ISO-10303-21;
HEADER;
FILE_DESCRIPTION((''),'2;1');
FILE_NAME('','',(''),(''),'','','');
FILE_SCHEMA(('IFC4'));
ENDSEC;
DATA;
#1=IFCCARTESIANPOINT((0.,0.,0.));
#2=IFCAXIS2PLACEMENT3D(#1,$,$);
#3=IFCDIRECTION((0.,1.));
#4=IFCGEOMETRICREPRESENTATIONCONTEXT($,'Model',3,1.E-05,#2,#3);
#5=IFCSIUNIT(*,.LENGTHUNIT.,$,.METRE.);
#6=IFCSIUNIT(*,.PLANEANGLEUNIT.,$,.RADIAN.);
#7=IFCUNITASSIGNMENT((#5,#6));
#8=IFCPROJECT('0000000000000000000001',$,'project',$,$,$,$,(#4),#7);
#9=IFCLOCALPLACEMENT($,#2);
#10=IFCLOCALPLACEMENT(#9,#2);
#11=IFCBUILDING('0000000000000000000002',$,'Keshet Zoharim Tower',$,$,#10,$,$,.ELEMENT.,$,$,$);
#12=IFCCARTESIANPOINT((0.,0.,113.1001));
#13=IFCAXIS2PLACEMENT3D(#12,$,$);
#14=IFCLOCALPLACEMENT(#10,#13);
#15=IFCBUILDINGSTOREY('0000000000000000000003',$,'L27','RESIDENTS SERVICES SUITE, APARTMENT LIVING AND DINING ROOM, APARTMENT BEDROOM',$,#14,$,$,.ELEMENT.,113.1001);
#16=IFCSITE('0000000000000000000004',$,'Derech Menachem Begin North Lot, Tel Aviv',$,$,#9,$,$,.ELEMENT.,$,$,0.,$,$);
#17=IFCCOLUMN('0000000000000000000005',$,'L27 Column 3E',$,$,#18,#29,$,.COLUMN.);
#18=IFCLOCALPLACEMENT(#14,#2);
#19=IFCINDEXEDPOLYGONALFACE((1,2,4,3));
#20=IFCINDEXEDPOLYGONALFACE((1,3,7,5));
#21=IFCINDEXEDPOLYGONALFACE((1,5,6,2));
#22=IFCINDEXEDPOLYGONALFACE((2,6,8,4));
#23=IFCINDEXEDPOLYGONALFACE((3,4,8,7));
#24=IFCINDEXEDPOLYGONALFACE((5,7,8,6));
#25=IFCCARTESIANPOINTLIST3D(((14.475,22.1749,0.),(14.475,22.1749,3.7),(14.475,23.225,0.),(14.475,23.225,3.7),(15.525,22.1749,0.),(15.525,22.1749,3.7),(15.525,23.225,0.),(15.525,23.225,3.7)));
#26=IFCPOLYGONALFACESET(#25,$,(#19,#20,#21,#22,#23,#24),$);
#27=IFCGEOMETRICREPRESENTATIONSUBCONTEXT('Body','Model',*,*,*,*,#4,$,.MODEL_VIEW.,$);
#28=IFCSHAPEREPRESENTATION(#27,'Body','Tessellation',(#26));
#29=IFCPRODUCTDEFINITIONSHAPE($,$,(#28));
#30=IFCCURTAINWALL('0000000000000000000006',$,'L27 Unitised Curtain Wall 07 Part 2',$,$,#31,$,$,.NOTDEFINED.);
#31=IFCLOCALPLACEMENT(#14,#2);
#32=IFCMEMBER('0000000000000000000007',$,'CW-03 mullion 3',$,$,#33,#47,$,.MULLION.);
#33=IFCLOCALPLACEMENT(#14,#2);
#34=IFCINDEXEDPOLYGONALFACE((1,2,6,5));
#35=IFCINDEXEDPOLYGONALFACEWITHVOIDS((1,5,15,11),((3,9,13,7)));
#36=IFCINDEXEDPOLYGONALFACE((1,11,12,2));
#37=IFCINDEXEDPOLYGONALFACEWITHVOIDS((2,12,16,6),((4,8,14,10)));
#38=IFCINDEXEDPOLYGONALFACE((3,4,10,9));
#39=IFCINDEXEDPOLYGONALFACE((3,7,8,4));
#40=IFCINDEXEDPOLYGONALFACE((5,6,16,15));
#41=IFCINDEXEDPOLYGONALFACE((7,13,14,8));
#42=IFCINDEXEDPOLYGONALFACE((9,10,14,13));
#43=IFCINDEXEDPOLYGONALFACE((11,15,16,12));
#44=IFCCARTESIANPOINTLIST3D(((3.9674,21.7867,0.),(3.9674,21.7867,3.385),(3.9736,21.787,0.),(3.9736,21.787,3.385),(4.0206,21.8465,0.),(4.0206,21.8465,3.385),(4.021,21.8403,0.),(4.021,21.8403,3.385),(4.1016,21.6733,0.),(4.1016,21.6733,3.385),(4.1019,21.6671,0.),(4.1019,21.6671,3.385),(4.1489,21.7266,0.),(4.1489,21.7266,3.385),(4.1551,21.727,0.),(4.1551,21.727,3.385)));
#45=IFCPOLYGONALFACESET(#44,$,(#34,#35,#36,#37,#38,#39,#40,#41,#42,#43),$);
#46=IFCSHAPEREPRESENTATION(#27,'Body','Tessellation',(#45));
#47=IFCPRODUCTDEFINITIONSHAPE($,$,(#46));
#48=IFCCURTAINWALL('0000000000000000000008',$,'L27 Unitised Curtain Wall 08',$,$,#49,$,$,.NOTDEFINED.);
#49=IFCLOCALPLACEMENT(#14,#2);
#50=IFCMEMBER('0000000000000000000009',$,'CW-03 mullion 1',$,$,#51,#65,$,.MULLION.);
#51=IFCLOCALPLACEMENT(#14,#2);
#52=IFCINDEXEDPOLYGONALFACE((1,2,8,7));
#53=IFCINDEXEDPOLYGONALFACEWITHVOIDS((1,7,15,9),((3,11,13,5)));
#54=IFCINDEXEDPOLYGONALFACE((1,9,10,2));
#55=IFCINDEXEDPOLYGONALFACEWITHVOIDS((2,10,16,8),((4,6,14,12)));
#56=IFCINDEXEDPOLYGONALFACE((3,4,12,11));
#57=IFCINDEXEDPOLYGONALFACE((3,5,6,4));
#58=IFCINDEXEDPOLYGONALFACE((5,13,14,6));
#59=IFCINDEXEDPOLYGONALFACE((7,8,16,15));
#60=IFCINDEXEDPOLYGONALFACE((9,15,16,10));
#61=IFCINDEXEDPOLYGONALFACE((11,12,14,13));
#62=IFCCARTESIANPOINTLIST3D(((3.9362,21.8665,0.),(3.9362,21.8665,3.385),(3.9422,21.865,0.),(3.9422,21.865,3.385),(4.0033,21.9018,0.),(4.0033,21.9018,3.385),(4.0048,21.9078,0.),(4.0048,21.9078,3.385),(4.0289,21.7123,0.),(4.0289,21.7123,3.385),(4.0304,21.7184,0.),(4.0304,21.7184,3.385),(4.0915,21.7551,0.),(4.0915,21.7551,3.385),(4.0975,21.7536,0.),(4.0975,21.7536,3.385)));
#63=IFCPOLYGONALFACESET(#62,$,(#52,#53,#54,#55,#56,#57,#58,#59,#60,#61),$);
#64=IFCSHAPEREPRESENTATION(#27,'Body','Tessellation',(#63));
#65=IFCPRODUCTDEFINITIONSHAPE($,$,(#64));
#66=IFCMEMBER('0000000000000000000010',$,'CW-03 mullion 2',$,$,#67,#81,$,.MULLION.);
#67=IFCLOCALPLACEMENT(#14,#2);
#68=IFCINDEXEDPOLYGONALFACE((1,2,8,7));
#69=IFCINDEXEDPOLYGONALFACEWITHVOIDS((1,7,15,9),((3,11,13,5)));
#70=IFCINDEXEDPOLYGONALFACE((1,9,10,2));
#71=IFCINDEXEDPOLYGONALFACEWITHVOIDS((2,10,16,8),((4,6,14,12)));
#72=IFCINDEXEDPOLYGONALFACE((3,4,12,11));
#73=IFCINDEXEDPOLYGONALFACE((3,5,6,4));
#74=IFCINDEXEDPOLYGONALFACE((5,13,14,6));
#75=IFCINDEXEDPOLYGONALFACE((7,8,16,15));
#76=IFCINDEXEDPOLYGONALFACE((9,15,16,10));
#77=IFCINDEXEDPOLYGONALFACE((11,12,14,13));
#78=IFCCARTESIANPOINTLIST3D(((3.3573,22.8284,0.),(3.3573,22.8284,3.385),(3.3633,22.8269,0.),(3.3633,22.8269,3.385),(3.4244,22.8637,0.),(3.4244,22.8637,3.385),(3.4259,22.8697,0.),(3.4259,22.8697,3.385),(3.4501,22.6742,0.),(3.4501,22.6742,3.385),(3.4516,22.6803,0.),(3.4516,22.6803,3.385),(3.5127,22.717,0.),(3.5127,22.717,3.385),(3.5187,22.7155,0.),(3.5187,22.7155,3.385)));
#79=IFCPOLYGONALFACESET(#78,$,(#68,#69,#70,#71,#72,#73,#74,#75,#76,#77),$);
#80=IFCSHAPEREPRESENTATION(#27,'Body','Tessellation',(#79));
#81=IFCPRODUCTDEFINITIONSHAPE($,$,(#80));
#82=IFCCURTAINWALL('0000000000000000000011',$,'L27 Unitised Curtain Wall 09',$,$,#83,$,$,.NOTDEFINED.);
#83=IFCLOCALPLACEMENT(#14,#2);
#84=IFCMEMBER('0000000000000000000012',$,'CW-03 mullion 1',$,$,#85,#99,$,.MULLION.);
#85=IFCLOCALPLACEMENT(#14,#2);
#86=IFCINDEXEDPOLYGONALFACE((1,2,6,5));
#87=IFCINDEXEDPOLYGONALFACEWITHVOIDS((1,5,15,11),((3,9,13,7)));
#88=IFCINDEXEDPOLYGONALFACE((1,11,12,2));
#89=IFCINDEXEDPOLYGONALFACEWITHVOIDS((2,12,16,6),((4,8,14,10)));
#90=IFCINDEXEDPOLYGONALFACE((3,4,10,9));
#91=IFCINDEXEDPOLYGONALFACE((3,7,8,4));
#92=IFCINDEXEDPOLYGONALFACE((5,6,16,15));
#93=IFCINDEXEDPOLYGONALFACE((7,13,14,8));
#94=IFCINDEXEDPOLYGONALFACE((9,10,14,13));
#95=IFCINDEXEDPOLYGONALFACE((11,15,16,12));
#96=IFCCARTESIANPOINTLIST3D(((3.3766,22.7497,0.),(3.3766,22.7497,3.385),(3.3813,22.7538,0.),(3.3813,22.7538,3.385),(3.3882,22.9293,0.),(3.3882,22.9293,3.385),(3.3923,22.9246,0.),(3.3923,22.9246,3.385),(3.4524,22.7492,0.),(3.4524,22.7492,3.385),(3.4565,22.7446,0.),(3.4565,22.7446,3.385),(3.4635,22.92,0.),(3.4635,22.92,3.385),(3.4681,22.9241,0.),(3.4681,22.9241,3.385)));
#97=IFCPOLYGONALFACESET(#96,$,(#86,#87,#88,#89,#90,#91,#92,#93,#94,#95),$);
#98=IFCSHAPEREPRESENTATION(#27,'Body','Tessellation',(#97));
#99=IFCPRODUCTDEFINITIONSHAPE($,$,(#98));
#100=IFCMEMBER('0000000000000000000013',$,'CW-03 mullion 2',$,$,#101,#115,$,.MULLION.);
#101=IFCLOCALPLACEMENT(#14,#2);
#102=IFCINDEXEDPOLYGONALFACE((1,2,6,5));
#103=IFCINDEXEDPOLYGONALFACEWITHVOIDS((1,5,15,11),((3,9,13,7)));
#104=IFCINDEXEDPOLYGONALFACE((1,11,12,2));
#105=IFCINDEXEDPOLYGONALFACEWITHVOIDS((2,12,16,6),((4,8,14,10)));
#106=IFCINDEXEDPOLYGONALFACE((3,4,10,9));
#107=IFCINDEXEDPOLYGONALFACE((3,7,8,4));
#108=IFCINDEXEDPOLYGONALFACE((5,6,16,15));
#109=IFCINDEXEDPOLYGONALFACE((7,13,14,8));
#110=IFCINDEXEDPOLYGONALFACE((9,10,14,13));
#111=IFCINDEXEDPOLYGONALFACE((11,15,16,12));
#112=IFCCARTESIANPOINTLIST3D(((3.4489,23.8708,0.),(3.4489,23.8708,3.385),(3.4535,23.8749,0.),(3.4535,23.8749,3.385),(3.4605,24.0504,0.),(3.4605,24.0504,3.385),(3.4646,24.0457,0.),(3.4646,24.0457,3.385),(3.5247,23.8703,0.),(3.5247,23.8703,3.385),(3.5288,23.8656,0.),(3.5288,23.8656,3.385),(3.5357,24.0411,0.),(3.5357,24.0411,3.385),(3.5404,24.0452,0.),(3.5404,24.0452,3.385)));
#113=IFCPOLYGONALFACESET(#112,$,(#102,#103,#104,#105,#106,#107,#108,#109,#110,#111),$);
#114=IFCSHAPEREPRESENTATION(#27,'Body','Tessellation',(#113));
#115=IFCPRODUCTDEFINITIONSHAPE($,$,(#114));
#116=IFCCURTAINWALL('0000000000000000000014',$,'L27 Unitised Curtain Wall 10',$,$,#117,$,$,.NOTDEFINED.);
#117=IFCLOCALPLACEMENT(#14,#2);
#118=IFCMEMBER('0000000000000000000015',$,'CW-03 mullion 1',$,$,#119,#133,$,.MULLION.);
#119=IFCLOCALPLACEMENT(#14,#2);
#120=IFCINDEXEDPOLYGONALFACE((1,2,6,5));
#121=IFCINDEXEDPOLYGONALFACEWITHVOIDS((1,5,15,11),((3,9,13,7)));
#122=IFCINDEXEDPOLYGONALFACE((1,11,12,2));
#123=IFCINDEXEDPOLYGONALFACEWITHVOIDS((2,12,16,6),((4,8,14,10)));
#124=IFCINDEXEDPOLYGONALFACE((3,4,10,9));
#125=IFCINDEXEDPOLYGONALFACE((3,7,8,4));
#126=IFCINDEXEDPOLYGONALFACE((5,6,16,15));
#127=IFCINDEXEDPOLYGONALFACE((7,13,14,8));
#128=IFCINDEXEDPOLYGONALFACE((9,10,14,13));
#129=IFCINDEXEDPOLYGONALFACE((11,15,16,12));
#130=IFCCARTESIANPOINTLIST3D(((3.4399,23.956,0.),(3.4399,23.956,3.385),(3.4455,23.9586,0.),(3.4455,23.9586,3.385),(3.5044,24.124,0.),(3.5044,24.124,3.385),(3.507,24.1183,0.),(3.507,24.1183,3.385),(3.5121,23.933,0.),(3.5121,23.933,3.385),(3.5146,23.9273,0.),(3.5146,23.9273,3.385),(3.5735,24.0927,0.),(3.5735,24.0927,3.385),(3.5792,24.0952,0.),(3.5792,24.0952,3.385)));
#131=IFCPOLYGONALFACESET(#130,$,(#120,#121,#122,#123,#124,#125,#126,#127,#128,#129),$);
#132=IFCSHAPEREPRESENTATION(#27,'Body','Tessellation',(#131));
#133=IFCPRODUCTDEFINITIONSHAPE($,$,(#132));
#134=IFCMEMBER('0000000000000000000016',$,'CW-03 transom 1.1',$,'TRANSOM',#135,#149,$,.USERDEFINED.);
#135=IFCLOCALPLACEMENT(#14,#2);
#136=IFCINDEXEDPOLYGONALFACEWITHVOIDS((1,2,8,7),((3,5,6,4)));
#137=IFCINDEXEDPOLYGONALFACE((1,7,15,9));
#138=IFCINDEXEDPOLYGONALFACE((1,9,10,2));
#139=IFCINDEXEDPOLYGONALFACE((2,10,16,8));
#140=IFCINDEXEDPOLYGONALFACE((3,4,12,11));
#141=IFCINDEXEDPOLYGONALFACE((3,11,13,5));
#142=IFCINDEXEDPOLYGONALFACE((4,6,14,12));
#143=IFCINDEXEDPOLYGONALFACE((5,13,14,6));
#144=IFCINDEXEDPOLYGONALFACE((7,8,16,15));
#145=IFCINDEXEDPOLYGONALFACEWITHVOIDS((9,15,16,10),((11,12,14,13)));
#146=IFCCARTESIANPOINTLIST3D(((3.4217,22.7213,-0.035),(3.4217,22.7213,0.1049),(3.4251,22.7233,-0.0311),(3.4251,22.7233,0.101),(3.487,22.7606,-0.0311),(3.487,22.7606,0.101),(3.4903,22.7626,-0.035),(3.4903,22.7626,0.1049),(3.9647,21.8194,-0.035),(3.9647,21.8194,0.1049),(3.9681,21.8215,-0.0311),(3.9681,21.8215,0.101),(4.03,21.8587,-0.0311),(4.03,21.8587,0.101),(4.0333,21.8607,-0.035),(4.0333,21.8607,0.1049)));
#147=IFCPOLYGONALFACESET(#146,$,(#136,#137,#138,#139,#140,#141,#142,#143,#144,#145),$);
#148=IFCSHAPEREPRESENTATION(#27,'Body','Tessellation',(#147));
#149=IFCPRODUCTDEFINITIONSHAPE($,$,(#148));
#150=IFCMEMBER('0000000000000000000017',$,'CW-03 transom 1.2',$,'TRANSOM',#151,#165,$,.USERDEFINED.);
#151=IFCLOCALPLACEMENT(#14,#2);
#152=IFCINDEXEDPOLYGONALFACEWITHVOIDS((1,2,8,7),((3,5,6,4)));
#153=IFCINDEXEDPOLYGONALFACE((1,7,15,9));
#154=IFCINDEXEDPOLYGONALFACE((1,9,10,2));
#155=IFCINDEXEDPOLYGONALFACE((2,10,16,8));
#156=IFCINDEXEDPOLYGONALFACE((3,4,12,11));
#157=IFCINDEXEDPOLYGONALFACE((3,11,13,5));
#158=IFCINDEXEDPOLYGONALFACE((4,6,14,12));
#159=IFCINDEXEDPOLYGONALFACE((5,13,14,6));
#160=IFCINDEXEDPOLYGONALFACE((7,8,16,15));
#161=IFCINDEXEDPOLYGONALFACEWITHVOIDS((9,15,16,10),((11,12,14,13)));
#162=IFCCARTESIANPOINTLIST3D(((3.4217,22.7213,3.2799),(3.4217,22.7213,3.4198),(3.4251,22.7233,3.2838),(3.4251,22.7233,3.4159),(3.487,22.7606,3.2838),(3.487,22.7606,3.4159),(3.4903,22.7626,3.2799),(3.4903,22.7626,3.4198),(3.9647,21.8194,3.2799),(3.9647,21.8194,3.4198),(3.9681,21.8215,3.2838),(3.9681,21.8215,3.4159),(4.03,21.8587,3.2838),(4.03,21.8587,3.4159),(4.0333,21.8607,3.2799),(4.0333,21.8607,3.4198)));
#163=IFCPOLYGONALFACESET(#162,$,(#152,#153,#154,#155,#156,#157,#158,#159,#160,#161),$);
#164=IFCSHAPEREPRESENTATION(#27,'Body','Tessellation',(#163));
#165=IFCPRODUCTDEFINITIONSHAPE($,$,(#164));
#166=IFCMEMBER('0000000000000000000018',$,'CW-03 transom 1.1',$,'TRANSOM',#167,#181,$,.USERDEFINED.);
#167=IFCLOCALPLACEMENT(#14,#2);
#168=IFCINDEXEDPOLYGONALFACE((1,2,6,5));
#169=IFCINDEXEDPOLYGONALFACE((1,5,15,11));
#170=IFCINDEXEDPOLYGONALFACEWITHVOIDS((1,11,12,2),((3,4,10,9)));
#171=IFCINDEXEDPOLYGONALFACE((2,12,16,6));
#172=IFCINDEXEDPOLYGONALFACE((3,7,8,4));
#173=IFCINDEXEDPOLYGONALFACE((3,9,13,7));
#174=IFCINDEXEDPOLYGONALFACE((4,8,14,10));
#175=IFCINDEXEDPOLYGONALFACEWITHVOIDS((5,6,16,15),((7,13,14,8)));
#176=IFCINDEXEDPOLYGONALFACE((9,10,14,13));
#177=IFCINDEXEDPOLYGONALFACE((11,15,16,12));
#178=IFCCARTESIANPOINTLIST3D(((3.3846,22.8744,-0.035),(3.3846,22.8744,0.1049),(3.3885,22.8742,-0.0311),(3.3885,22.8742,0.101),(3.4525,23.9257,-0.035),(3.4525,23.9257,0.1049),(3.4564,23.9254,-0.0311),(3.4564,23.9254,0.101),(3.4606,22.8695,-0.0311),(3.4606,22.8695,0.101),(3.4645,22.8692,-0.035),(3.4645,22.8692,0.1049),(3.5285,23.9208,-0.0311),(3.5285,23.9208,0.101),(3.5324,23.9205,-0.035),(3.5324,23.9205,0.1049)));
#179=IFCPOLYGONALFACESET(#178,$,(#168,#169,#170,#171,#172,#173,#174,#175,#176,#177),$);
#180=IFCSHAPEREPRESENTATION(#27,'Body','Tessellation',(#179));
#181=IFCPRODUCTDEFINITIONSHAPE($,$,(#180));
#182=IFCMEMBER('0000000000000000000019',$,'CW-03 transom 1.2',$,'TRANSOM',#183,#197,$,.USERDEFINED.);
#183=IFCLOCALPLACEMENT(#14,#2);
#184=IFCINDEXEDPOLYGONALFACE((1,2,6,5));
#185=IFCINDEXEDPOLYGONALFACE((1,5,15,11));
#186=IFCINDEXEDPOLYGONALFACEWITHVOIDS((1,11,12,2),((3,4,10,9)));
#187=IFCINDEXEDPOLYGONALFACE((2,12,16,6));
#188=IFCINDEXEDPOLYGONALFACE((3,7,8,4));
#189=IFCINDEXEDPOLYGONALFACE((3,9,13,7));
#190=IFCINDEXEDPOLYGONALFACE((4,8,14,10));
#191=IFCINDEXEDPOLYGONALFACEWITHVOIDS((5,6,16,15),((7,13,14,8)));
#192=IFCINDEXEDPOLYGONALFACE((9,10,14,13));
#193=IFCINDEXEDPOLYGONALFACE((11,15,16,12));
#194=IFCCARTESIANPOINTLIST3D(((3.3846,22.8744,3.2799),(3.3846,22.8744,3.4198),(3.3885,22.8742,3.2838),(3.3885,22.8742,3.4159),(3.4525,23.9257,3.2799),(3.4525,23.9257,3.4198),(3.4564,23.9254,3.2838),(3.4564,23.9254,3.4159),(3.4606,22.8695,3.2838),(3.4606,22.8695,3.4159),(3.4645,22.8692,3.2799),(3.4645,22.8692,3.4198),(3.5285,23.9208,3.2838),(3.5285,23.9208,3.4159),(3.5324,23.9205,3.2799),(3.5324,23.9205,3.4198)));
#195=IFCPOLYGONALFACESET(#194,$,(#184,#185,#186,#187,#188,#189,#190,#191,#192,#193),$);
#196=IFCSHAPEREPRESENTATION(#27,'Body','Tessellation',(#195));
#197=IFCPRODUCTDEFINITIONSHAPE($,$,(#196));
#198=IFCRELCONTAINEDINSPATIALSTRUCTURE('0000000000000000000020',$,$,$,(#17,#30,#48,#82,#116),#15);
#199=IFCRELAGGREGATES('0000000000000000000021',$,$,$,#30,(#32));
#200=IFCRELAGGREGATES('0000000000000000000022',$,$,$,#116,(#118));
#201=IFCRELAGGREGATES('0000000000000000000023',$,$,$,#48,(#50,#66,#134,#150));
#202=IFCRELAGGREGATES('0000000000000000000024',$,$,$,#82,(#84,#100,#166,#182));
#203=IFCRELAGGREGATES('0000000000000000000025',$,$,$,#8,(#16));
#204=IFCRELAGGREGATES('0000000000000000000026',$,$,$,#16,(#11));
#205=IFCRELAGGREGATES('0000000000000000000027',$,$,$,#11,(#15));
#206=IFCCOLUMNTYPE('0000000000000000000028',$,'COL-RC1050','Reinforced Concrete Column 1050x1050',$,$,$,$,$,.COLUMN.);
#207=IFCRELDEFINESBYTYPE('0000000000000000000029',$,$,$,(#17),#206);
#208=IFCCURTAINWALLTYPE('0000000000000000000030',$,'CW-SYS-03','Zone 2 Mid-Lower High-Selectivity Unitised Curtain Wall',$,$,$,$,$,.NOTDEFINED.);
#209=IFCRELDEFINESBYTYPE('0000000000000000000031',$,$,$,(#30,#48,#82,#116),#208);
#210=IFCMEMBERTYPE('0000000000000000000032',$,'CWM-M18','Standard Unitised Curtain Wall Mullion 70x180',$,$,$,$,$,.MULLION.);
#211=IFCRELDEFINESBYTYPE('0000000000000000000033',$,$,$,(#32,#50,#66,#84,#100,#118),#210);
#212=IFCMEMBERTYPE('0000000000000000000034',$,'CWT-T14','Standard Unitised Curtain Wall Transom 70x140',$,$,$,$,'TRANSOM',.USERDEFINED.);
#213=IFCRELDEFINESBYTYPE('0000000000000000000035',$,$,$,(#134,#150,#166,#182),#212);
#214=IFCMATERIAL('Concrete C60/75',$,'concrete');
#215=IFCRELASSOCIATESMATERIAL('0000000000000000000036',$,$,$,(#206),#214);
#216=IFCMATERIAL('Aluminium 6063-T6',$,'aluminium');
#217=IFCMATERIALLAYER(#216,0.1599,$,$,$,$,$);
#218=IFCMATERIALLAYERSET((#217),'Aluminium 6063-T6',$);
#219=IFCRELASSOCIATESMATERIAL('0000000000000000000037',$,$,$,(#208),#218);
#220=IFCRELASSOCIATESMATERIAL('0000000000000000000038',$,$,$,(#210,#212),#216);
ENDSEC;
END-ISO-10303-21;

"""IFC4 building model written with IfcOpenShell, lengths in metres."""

from ifc_helpers import new_model, si_unit, direction, frame, origin, origin_2d, place, context, subcontext, project, spatial, rectangle, hollow_rectangle, extrude, material, layer, layer_set, material_profile, profile_set, type_object, element, aggregate, save


model = new_model("IFC4")

# Units and contexts
model_context = context("Model", 3, precision=1e-05, world=origin(), true_north=direction((0.0, 1.0)))
body_context = subcontext(model_context, "Body", "Model", "MODEL_VIEW")
ifc_project = project(units=[si_unit("LENGTHUNIT", "METRE"), si_unit("PLANEANGLEUNIT", "RADIAN")], contexts=[model_context])

# Site, building, storey
site_placement = place(None, origin())
site = spatial("IfcSite", under=ifc_project, at=site_placement, Name="Derech Menachem Begin North Lot, Tel Aviv", CompositionType="ELEMENT", RefElevation=0.0)
building_placement = place(site_placement, origin())
building = spatial("IfcBuilding", under=site, at=building_placement, Name="Keshet Zoharim Tower", CompositionType="ELEMENT")
storey_placement = place(building_placement, frame((0.0, 0.0, 113.1001)))
storey = spatial("IfcBuildingStorey", under=building, at=storey_placement, Name="L27", Description="RESIDENTS SERVICES SUITE, APARTMENT LIVING AND DINING ROOM, APARTMENT BEDROOM", CompositionType="ELEMENT", Elevation=113.1001)

# Column
ifc_material_1 = material(Name="Concrete C60/75", Category="concrete")
ifc_material_profile_1 = material_profile(ifc_material_1, rectangle(XDim=1.05, YDim=1.05, at=origin_2d()), Name="RC1050x1050")
ifc_profile_set_1 = profile_set([ifc_material_profile_1], Name="Concrete C60/75")
column_type = type_object("IfcColumnType", Name="COL-RC1050", Description="Reinforced Concrete Column 1050x1050", PredefinedType="COLUMN", material=ifc_profile_set_1)
column_placement = place(storey_placement, frame((15.0, 22.7, 0.0), z_axis=(0.0, 0.0, 1.0), x_axis=(1.0, 0.0, 0.0)))
element("IfcColumn", 1, at=column_placement, inside=storey, type_object=column_type, Name="L27 Column 3E", PredefinedType="COLUMN", context=body_context, shape_type="SweptSolid", body=[
    extrude(rectangle(XDim=1.05, YDim=1.05, at=origin_2d()), origin(), (0.0, 0.0, 1.0), 3.7),
])

# Curtain wall, member
ifc_material_2 = material(Name="Aluminium 6063-T6", Category="aluminium")
ifc_layer_1 = layer(ifc_material_2, 0.1599)
ifc_layer_set_1 = layer_set([ifc_layer_1], Name="Aluminium 6063-T6")
curtain_wall_type = type_object("IfcCurtainWallType", Name="CW-SYS-03", Description="Zone 2 Mid-Lower High-Selectivity Unitised Curtain Wall", PredefinedType="NOTDEFINED", material=ifc_layer_set_1)
curtain_wall_1_placement = place(storey_placement, origin())
curtain_wall_1 = element("IfcCurtainWall", 2, at=curtain_wall_1_placement, inside=storey, type_object=curtain_wall_type, Name="L27 Unitised Curtain Wall 07 Part 2", PredefinedType="NOTDEFINED")
ifc_material_profile_2 = material_profile(ifc_material_2, hollow_rectangle(XDim=0.0801, YDim=0.1799, WallThickness=0.0044, at=origin_2d()), Name="MUL-80x180")
ifc_profile_set_2 = profile_set([ifc_material_profile_2], Name="Aluminium 6063-T6")
member_type_1 = type_object("IfcMemberType", Name="CWM-M18", Description="Standard Unitised Curtain Wall Mullion 70x180", PredefinedType="MULLION", material=ifc_profile_set_2)
member_1_placement = place(storey_placement, frame((4.0613, 21.7568, 0.0), z_axis=(0.0, 0.0, 1.0), x_axis=(-0.664362, -0.747411, 0.0)))
member_1 = element("IfcMember", 3, at=member_1_placement, type_object=member_type_1, Name="CW-03 mullion 3", PredefinedType="MULLION", context=body_context, shape_type="SweptSolid", body=[
    extrude(hollow_rectangle(XDim=0.0801, YDim=0.1799, WallThickness=0.0044, at=origin_2d()), origin(), (0.0, 0.0, 1.0), 3.385),
])
aggregate(curtain_wall_1, [member_1])

# Curtain walls, members
curtain_wall_2_placement = place(storey_placement, origin())
curtain_wall_2 = element("IfcCurtainWall", 4, at=curtain_wall_2_placement, inside=storey, type_object=curtain_wall_type, Name="L27 Unitised Curtain Wall 08", PredefinedType="NOTDEFINED")
member_2_placement = place(storey_placement, frame((4.0168, 21.8101, 0.0), z_axis=(0.0, 0.0, 1.0), x_axis=(-0.856826, -0.515605, 0.0)))
member_2 = element("IfcMember", 5, at=member_2_placement, type_object=member_type_1, Name="CW-03 mullion 1", PredefinedType="MULLION", context=body_context, shape_type="SweptSolid", body=[
    extrude(hollow_rectangle(XDim=0.0801, YDim=0.1799, WallThickness=0.0044, at=origin_2d()), origin(), (0.0, 0.0, 1.0), 3.385),
])
member_3_placement = place(storey_placement, frame((3.438, 22.772, 0.0), z_axis=(0.0, 0.0, 1.0), x_axis=(-0.856826, -0.515605, 0.0)))
member_3 = element("IfcMember", 6, at=member_3_placement, type_object=member_type_1, Name="CW-03 mullion 2", PredefinedType="MULLION", context=body_context, shape_type="SweptSolid", body=[
    extrude(hollow_rectangle(XDim=0.0801, YDim=0.1799, WallThickness=0.0044, at=origin_2d()), origin(), (0.0, 0.0, 1.0), 3.385),
])
curtain_wall_3_placement = place(storey_placement, origin())
curtain_wall_3 = element("IfcCurtainWall", 7, at=curtain_wall_3_placement, inside=storey, type_object=curtain_wall_type, Name="L27 Unitised Curtain Wall 09", PredefinedType="NOTDEFINED")
member_4_placement = place(storey_placement, frame((3.4224, 22.8369, 0.0), z_axis=(0.0, 0.0, 1.0), x_axis=(-0.997917, 0.064517, 0.0)))
member_4 = element("IfcMember", 8, at=member_4_placement, type_object=member_type_1, Name="CW-03 mullion 1", PredefinedType="MULLION", context=body_context, shape_type="SweptSolid", body=[
    extrude(hollow_rectangle(XDim=0.0801, YDim=0.1799, WallThickness=0.0044, at=origin_2d()), origin(), (0.0, 0.0, 1.0), 3.385),
])
member_5_placement = place(storey_placement, frame((3.4946, 23.958, 0.0), z_axis=(0.0, 0.0, 1.0), x_axis=(-0.997917, 0.064517, 0.0)))
member_5 = element("IfcMember", 9, at=member_5_placement, type_object=member_type_1, Name="CW-03 mullion 2", PredefinedType="MULLION", context=body_context, shape_type="SweptSolid", body=[
    extrude(hollow_rectangle(XDim=0.0801, YDim=0.1799, WallThickness=0.0044, at=origin_2d()), origin(), (0.0, 0.0, 1.0), 3.385),
])

# Curtain wall, member
curtain_wall_4_placement = place(storey_placement, origin())
curtain_wall_4 = element("IfcCurtainWall", 10, at=curtain_wall_4_placement, inside=storey, type_object=curtain_wall_type, Name="L27 Unitised Curtain Wall 10", PredefinedType="NOTDEFINED")
member_6_placement = place(storey_placement, frame((3.5095, 24.0256, 0.0), z_axis=(0.0, 0.0, 1.0), x_axis=(-0.933341, 0.35899, 0.0)))
member_6 = element("IfcMember", 11, at=member_6_placement, type_object=member_type_1, Name="CW-03 mullion 1", PredefinedType="MULLION", context=body_context, shape_type="SweptSolid", body=[
    extrude(hollow_rectangle(XDim=0.0801, YDim=0.1799, WallThickness=0.0044, at=origin_2d()), origin(), (0.0, 0.0, 1.0), 3.385),
])

# Members
ifc_material_profile_3 = material_profile(ifc_material_2, hollow_rectangle(XDim=0.0801, YDim=0.1399, WallThickness=0.0039, at=origin_2d()), Name="TRN-80x140")
ifc_profile_set_3 = profile_set([ifc_material_profile_3], Name="Aluminium 6063-T6")
member_type_2 = type_object("IfcMemberType", Name="CWT-T14", Description="Standard Unitised Curtain Wall Transom 70x140", ElementType="TRANSOM", PredefinedType="USERDEFINED", material=ifc_profile_set_3)
member_7_placement = place(storey_placement, frame((3.999, 21.8401, 0.0349), z_axis=(-0.515791, 0.856714, 0.0), x_axis=(-0.856714, -0.515791, 0.0)))
member_7 = element("IfcMember", 12, at=member_7_placement, type_object=member_type_2, Name="CW-03 transom 1.1", ObjectType="TRANSOM", PredefinedType="USERDEFINED", context=body_context, shape_type="SweptSolid", body=[
    extrude(hollow_rectangle(XDim=0.0801, YDim=0.1399, WallThickness=0.0039, at=origin_2d()), origin(), (0.0, 0.0, 1.0), 1.0527),
])
member_8_placement = place(storey_placement, frame((3.999, 21.8401, 3.3499), z_axis=(-0.515791, 0.856714, 0.0), x_axis=(-0.856714, -0.515791, 0.0)))
member_8 = element("IfcMember", 13, at=member_8_placement, type_object=member_type_2, Name="CW-03 transom 1.2", ObjectType="TRANSOM", PredefinedType="USERDEFINED", context=body_context, shape_type="SweptSolid", body=[
    extrude(hollow_rectangle(XDim=0.0801, YDim=0.1399, WallThickness=0.0039, at=origin_2d()), origin(), (0.0, 0.0, 1.0), 1.0527),
])
member_9_placement = place(storey_placement, frame((3.4246, 22.8718, 0.0349), z_axis=(0.064427, 0.997922, 0.0), x_axis=(-0.997922, 0.064427, 0.0)))
member_9 = element("IfcMember", 14, at=member_9_placement, type_object=member_type_2, Name="CW-03 transom 1.1", ObjectType="TRANSOM", PredefinedType="USERDEFINED", context=body_context, shape_type="SweptSolid", body=[
    extrude(hollow_rectangle(XDim=0.0801, YDim=0.1399, WallThickness=0.0039, at=origin_2d()), origin(), (0.0, 0.0, 1.0), 1.0535),
])
member_10_placement = place(storey_placement, frame((3.4246, 22.8718, 3.3499), z_axis=(0.064427, 0.997922, 0.0), x_axis=(-0.997922, 0.064427, 0.0)))
member_10 = element("IfcMember", 15, at=member_10_placement, type_object=member_type_2, Name="CW-03 transom 1.2", ObjectType="TRANSOM", PredefinedType="USERDEFINED", context=body_context, shape_type="SweptSolid", body=[
    extrude(hollow_rectangle(XDim=0.0801, YDim=0.1399, WallThickness=0.0039, at=origin_2d()), origin(), (0.0, 0.0, 1.0), 1.0535),
])
aggregate(curtain_wall_4, [member_6])

aggregate(curtain_wall_2, [member_2, member_3, member_7, member_8])
aggregate(curtain_wall_3, [member_4, member_5, member_9, member_10])

save(model, "model.ifc")
